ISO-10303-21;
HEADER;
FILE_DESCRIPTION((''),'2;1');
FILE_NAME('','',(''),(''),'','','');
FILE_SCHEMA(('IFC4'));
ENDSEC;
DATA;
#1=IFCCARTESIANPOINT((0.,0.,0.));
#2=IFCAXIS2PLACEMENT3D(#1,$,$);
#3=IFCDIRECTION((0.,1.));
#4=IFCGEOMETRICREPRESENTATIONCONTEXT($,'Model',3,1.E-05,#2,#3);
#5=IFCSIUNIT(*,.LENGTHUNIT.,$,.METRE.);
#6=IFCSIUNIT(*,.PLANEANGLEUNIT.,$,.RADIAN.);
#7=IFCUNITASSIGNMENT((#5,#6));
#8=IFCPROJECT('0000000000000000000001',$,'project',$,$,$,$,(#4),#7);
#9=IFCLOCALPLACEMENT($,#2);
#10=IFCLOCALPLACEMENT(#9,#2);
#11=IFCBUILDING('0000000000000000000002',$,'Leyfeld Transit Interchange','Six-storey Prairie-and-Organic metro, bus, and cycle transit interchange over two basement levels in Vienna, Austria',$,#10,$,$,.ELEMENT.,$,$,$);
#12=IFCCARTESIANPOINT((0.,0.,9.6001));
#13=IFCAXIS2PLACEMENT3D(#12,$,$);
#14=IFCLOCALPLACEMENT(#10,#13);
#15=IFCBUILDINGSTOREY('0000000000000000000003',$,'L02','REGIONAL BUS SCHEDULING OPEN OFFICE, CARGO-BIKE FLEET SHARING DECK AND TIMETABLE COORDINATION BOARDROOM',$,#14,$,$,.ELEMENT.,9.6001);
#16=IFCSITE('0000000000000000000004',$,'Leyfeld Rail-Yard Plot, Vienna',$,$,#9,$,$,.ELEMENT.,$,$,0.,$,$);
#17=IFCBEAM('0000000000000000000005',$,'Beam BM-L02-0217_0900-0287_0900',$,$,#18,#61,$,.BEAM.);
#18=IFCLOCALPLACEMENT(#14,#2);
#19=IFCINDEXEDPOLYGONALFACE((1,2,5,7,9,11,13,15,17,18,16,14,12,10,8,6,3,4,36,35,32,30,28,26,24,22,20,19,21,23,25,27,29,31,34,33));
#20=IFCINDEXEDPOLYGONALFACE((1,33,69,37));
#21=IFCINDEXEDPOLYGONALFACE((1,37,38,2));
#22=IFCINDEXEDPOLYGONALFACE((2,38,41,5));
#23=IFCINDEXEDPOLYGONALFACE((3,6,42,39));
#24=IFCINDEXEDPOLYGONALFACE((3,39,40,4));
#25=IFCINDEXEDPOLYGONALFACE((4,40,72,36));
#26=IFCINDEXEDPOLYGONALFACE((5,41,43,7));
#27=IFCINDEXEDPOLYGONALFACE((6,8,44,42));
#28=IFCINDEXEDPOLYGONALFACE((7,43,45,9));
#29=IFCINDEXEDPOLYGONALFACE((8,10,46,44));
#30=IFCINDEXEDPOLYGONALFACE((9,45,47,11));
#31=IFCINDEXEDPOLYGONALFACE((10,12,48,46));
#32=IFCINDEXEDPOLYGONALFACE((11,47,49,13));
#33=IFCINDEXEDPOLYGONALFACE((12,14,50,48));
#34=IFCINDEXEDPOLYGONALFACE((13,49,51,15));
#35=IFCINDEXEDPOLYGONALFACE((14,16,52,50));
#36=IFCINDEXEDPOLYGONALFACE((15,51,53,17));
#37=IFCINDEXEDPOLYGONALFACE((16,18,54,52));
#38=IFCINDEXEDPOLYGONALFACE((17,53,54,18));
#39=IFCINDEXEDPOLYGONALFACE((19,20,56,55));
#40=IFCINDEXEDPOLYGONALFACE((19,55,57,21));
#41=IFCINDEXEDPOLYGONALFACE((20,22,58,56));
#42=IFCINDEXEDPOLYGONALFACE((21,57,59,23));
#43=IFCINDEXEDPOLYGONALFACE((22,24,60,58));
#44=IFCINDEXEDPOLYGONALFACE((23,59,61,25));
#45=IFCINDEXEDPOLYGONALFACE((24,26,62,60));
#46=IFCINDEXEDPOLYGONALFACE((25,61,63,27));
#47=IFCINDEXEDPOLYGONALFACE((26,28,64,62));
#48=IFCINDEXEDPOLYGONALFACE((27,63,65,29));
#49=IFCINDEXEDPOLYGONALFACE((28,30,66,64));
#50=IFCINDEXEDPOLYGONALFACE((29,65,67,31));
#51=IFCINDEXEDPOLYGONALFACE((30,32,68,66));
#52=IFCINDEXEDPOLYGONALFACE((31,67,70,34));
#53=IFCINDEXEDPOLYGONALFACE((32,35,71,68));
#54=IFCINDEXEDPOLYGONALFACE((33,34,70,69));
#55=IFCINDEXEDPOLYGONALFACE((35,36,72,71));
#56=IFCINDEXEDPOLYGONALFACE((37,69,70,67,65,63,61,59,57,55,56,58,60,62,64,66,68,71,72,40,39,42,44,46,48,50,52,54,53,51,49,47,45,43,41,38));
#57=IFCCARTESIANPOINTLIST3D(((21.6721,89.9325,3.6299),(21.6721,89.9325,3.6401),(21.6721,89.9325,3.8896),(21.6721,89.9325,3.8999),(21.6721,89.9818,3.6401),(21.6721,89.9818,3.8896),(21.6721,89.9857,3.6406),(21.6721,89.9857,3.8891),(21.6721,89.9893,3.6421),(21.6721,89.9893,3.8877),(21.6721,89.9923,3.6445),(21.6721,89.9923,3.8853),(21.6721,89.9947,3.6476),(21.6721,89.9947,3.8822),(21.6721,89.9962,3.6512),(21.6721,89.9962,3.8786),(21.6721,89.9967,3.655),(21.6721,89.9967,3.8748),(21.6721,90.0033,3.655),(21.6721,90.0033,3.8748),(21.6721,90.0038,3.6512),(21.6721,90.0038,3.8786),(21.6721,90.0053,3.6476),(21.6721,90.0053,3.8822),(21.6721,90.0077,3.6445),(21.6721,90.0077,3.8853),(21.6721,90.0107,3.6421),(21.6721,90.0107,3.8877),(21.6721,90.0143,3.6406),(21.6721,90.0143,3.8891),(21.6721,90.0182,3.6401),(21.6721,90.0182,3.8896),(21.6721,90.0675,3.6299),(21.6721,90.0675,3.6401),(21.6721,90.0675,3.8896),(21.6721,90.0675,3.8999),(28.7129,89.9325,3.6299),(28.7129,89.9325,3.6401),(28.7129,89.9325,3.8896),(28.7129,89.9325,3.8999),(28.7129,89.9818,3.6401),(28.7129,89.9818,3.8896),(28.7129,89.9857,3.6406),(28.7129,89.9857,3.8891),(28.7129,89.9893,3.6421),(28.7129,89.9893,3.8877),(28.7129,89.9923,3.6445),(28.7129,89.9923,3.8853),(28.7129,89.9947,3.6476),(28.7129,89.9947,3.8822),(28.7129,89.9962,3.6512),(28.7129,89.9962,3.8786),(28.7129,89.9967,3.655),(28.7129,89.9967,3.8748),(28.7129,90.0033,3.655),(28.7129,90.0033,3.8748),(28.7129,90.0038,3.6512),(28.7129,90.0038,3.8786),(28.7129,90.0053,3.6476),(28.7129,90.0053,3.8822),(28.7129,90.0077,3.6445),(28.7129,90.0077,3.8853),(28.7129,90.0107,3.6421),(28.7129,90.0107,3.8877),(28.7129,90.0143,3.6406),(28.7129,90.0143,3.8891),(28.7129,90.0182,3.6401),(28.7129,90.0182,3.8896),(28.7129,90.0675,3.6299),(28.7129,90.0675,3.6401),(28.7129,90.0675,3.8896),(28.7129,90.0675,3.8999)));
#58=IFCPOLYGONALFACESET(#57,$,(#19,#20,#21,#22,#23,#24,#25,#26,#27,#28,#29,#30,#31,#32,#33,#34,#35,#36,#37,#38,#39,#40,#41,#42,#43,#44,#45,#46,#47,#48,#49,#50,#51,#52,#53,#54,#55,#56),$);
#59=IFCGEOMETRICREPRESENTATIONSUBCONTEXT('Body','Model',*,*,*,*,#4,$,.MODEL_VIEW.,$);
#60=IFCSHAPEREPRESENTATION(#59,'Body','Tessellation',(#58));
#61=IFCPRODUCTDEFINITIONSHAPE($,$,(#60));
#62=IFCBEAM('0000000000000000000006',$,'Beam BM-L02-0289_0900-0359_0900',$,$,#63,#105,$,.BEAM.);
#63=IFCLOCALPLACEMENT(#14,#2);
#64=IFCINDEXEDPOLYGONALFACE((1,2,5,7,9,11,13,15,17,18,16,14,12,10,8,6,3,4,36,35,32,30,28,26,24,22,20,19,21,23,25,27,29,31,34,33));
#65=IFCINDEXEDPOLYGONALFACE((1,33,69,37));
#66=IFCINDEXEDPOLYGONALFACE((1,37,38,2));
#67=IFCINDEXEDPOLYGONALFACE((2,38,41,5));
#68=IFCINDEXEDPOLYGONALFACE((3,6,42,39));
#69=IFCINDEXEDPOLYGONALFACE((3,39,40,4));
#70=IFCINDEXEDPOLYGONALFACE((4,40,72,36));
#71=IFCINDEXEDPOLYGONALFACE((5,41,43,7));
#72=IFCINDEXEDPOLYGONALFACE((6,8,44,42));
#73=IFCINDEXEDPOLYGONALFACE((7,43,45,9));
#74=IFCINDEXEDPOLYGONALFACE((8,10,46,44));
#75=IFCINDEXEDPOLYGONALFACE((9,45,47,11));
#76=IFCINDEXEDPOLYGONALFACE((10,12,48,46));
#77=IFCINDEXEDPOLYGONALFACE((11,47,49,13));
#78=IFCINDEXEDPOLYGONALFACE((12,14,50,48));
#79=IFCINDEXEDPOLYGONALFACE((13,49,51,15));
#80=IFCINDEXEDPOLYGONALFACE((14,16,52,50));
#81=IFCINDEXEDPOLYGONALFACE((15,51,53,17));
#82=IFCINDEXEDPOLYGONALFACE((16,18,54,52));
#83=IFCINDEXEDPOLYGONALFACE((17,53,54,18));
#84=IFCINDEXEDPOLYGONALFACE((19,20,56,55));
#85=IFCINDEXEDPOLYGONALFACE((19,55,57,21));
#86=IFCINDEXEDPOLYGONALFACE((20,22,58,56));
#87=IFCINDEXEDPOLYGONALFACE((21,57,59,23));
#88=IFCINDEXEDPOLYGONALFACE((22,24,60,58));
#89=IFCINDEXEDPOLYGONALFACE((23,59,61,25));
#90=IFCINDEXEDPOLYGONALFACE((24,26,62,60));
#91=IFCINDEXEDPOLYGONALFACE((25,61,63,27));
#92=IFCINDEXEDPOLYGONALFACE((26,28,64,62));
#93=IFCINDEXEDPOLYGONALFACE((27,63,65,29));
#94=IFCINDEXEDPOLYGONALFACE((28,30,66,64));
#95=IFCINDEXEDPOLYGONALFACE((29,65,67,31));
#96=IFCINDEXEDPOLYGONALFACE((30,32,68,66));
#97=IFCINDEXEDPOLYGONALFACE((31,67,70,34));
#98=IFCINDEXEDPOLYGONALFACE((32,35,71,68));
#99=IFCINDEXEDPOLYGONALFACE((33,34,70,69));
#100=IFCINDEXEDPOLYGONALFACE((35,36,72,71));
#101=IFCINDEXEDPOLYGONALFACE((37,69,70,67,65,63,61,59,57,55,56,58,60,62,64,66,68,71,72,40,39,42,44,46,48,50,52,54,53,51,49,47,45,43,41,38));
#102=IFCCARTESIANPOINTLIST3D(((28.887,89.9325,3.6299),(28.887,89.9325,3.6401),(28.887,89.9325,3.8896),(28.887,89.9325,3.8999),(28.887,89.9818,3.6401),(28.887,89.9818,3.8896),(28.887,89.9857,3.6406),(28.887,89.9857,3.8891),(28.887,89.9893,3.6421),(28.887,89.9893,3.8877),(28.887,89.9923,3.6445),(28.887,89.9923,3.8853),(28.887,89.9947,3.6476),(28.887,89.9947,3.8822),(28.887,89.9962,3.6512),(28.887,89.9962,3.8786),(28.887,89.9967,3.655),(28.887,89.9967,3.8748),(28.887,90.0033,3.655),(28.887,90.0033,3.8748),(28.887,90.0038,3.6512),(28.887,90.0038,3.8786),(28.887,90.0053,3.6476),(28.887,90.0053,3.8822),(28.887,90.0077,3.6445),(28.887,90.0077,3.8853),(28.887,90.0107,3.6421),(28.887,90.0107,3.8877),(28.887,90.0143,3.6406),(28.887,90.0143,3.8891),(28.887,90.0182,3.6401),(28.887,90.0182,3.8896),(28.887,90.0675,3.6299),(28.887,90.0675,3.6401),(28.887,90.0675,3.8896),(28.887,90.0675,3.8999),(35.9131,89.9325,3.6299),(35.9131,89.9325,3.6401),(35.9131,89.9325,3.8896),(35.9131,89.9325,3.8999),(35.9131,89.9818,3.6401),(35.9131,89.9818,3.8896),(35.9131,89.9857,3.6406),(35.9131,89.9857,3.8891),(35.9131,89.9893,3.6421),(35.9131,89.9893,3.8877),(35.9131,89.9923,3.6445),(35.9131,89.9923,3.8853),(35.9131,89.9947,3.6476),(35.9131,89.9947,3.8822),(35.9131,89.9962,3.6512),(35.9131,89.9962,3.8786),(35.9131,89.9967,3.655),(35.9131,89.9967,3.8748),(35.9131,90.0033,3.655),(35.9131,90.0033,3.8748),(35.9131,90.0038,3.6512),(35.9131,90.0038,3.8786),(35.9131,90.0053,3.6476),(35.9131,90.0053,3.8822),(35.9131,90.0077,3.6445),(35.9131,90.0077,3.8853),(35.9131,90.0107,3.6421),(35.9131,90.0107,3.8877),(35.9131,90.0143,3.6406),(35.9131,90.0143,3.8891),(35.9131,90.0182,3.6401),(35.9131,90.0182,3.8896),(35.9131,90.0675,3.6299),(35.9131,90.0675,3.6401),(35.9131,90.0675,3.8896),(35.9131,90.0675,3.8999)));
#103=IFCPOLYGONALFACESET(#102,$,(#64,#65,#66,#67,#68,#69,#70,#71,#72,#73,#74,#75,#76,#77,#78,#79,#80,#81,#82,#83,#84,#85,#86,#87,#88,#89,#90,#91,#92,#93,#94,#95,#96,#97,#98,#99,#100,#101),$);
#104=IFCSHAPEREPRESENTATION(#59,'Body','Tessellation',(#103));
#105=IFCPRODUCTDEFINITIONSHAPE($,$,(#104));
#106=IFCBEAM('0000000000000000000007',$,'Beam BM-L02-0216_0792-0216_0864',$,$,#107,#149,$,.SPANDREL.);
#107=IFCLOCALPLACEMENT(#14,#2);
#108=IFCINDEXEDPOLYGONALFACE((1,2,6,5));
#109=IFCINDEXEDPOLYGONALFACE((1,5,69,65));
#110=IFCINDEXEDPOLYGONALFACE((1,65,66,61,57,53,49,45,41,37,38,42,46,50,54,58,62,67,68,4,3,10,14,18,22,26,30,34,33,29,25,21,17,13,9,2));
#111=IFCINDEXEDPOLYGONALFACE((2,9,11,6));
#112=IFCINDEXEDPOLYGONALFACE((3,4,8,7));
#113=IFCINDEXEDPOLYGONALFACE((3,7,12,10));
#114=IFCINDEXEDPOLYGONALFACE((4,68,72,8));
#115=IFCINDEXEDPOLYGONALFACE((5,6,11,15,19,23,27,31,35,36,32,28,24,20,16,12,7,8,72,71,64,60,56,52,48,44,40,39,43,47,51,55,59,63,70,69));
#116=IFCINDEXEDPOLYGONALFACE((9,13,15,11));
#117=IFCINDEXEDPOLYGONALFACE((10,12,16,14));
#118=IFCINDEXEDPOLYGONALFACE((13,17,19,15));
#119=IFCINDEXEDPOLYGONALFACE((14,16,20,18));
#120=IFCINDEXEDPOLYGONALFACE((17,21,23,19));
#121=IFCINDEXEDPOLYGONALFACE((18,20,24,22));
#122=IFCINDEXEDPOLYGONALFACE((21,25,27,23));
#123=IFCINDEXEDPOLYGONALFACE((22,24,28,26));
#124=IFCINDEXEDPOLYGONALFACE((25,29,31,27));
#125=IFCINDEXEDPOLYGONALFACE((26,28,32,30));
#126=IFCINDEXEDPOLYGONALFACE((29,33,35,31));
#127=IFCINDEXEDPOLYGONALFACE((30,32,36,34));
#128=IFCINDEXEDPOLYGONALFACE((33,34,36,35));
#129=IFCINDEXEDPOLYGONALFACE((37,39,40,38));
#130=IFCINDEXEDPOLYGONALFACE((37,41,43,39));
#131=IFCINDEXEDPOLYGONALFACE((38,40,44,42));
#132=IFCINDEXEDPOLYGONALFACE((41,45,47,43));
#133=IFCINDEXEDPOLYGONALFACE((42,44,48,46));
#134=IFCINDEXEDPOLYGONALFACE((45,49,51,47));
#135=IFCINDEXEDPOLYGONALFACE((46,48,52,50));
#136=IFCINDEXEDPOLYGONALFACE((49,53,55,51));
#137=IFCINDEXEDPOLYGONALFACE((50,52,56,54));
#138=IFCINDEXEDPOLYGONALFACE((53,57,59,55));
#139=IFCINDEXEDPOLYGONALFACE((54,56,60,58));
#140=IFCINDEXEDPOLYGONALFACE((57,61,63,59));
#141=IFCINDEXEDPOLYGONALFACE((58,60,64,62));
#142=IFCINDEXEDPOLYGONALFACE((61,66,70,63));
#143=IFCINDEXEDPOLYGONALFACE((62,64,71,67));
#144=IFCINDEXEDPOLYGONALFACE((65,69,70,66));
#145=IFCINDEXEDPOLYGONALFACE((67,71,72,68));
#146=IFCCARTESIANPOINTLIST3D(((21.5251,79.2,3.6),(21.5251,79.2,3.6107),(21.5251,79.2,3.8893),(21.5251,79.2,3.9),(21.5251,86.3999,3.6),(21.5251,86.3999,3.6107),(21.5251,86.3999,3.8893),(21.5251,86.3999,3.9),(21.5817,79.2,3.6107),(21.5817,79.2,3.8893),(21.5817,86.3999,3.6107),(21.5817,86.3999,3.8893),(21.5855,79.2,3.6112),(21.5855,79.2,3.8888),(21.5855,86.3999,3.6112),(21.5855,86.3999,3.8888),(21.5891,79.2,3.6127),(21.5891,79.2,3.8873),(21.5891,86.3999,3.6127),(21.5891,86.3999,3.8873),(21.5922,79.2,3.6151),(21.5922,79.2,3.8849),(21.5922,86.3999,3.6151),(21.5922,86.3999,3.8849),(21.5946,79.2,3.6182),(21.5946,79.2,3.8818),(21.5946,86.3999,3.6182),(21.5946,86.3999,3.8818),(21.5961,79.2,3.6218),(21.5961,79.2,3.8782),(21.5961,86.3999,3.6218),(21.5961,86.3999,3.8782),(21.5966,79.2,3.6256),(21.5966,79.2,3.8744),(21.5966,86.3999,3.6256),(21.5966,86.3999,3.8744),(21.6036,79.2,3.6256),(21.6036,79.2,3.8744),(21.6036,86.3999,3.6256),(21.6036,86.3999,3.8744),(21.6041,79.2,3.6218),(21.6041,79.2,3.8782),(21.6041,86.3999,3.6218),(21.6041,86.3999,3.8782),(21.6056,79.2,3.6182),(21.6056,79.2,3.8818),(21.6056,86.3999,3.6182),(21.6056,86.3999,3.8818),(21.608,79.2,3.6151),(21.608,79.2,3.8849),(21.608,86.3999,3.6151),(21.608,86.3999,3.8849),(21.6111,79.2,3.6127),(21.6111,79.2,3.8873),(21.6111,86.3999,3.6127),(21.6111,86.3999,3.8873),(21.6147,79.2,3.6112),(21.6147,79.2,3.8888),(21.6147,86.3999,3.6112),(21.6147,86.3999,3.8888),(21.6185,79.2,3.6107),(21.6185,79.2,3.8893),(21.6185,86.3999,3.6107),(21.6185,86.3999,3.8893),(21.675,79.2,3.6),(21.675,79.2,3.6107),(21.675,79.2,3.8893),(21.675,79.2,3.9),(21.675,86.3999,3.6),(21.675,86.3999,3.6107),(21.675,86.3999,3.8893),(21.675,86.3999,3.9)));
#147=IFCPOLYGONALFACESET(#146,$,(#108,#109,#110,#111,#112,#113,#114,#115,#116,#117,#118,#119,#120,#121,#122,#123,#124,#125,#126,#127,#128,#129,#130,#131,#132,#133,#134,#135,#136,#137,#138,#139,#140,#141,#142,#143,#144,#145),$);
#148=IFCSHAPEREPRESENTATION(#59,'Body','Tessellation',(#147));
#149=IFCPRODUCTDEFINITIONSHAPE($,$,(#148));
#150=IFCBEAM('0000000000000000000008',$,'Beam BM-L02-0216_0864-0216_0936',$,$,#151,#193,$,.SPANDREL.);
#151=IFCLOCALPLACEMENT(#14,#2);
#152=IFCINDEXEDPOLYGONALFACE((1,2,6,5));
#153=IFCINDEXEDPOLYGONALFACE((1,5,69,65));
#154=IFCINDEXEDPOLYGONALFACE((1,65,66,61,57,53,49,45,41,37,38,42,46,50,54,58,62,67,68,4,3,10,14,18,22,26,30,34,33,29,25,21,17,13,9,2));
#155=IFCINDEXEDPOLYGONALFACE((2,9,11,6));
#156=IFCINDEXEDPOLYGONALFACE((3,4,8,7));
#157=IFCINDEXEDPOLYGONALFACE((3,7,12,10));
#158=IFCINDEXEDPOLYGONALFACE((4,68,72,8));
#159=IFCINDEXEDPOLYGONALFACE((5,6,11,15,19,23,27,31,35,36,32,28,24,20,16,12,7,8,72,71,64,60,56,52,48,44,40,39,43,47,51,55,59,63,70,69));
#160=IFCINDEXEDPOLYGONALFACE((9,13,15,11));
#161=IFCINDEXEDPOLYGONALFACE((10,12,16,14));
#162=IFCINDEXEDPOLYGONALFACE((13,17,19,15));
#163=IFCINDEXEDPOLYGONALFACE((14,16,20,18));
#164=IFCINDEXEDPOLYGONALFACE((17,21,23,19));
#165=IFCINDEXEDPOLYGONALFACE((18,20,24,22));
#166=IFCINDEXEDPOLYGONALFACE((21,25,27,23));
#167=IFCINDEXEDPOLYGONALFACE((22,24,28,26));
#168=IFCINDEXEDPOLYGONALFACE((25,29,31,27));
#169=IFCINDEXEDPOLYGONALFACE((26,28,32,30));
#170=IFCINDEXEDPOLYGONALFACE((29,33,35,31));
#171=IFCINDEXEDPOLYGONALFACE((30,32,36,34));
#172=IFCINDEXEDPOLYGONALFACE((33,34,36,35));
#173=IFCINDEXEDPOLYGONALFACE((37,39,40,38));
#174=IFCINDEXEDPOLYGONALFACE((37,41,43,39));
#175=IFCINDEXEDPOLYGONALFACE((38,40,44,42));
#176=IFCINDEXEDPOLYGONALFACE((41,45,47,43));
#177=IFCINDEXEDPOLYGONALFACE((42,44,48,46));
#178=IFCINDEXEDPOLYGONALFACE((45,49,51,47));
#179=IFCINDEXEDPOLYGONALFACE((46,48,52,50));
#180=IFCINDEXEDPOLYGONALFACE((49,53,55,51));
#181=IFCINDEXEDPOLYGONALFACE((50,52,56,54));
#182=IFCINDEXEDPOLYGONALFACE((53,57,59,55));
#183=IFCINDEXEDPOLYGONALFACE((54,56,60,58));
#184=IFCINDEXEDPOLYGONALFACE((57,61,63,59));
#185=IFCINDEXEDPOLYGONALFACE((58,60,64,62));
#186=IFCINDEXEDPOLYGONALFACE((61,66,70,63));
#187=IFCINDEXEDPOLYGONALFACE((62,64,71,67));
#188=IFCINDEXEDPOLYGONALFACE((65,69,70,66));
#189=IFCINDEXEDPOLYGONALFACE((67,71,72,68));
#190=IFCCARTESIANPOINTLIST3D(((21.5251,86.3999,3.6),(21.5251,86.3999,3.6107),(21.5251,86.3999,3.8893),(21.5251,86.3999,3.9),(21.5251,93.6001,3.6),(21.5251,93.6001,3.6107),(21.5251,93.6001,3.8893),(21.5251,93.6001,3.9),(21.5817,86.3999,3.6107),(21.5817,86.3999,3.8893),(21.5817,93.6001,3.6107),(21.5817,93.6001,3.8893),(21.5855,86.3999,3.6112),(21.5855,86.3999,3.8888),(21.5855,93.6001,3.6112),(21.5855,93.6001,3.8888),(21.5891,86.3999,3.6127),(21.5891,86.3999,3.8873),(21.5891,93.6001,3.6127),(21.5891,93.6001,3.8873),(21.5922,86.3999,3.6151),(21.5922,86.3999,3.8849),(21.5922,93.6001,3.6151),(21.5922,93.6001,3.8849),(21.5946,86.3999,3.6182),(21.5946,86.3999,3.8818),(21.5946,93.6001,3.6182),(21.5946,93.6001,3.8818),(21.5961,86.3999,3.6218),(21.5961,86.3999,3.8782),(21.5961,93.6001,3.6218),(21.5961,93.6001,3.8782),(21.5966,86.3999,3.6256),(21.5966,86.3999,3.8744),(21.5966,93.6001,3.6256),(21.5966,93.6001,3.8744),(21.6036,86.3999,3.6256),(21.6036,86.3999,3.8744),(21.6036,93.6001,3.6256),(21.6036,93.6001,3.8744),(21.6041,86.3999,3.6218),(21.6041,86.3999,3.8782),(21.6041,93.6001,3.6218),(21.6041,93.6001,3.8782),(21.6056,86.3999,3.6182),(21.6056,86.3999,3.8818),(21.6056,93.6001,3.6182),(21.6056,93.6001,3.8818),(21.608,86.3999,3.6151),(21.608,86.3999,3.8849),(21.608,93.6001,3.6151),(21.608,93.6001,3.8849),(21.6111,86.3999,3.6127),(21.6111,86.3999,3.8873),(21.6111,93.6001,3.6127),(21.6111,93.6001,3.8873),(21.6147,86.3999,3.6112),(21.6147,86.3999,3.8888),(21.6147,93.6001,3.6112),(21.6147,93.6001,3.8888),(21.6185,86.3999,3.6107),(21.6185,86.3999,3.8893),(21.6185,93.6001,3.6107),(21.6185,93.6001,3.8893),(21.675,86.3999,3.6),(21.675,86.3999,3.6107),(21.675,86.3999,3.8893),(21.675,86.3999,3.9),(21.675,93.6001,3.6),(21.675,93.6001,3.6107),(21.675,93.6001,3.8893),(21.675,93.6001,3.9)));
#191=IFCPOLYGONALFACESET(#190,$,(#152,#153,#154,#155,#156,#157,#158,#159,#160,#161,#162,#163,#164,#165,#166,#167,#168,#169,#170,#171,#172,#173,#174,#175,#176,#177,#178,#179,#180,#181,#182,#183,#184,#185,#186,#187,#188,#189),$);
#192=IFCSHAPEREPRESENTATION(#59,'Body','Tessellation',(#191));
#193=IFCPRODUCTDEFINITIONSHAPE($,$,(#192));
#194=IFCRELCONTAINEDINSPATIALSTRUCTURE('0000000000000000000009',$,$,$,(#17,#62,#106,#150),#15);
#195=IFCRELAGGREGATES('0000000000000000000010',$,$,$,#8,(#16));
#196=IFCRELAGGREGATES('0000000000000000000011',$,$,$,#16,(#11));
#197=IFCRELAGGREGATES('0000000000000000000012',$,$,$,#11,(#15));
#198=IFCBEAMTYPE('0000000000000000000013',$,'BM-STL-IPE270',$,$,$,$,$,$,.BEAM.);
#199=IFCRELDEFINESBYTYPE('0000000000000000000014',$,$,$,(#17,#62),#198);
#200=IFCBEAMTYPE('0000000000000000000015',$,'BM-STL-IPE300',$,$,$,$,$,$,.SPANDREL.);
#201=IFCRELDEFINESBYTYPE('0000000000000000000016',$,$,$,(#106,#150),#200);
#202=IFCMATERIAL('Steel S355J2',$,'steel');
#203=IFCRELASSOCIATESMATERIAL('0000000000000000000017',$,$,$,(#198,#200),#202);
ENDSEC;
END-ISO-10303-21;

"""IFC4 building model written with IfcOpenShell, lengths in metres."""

from ifc_helpers import new_model, si_unit, direction, frame, origin, origin_2d, place, context, subcontext, project, spatial, i_section, extrude, material, material_profile, profile_set, type_object, element, save


model = new_model("IFC4")

# Units and contexts
model_context = context("Model", 3, precision=1e-05, world=origin(), true_north=direction((0.0, 1.0)))
body_context = subcontext(model_context, "Body", "Model", "MODEL_VIEW")
ifc_project = project(units=[si_unit("LENGTHUNIT", "METRE"), si_unit("PLANEANGLEUNIT", "RADIAN")], contexts=[model_context])

# Site, building, storey
site_placement = place(None, origin())
site = spatial("IfcSite", under=ifc_project, at=site_placement, Name="Leyfeld Rail-Yard Plot, Vienna", CompositionType="ELEMENT", RefElevation=0.0)
building_placement = place(site_placement, origin())
building = spatial("IfcBuilding", under=site, at=building_placement, Name="Leyfeld Transit Interchange", Description="Six-storey Prairie-and-Organic metro, bus, and cycle transit interchange over two basement levels in Vienna, Austria", CompositionType="ELEMENT")
storey_placement = place(building_placement, frame((0.0, 0.0, 9.6001)))
storey = spatial("IfcBuildingStorey", under=building, at=storey_placement, Name="L02", Description="REGIONAL BUS SCHEDULING OPEN OFFICE, CARGO-BIKE FLEET SHARING DECK AND TIMETABLE COORDINATION BOARDROOM", CompositionType="ELEMENT", Elevation=9.6001)

# Beams
ifc_material_1 = material(Name="Steel S355J2", Category="steel")
ifc_material_profile_1 = material_profile(ifc_material_1, i_section(OverallWidth=0.135, OverallDepth=0.27, WebThickness=0.0066, FlangeThickness=0.0103, FilletRadius=0.0149, at=origin_2d()), Name="IPE 270")
ifc_profile_set_1 = profile_set([ifc_material_profile_1], Name="Steel S355J2")
beam_type_1 = type_object("IfcBeamType", Name="BM-STL-IPE270", PredefinedType="BEAM", material=ifc_profile_set_1)
beam_1_placement = place(storey_placement, frame((21.6721, 90.0, 3.7649), z_axis=(1.0, 0.0, 0.0), x_axis=(0.0, 1.0, 0.0)))
element("IfcBeam", 1, at=beam_1_placement, inside=storey, type_object=beam_type_1, Name="Beam BM-L02-0217_0900-0287_0900", PredefinedType="BEAM", context=body_context, shape_type="SweptSolid", body=[
    extrude(i_section(OverallWidth=0.135, OverallDepth=0.27, WebThickness=0.0066, FlangeThickness=0.0103, FilletRadius=0.0149, at=origin_2d()), origin(), (0.0, 0.0, 1.0), 7.0408),
])
beam_2_placement = place(storey_placement, frame((28.887, 90.0, 3.7649), z_axis=(1.0, 0.0, 0.0), x_axis=(0.0, 1.0, 0.0)))
element("IfcBeam", 2, at=beam_2_placement, inside=storey, type_object=beam_type_1, Name="Beam BM-L02-0289_0900-0359_0900", PredefinedType="BEAM", context=body_context, shape_type="SweptSolid", body=[
    extrude(i_section(OverallWidth=0.135, OverallDepth=0.27, WebThickness=0.0066, FlangeThickness=0.0103, FilletRadius=0.0149, at=origin_2d()), origin(), (0.0, 0.0, 1.0), 7.0261),
])
ifc_material_profile_2 = material_profile(ifc_material_1, i_section(OverallWidth=0.1499, OverallDepth=0.3, WebThickness=0.0071, FlangeThickness=0.0107, FilletRadius=0.0149, at=origin_2d()), Name="IPE 300")
ifc_profile_set_2 = profile_set([ifc_material_profile_2], Name="Steel S355J2")
beam_type_2 = type_object("IfcBeamType", Name="BM-STL-IPE300", PredefinedType="SPANDREL", material=ifc_profile_set_2)
beam_3_placement = place(storey_placement, frame((21.6001, 79.2, 3.75), z_axis=(0.0, 1.0, 0.0), x_axis=(-1.0, 0.0, 0.0)))
element("IfcBeam", 3, at=beam_3_placement, inside=storey, type_object=beam_type_2, Name="Beam BM-L02-0216_0792-0216_0864", PredefinedType="SPANDREL", context=body_context, shape_type="SweptSolid", body=[
    extrude(i_section(OverallWidth=0.1499, OverallDepth=0.3, WebThickness=0.0071, FlangeThickness=0.0107, FilletRadius=0.0149, at=origin_2d()), origin(), (0.0, 0.0, 1.0), 7.2),
])
beam_4_placement = place(storey_placement, frame((21.6001, 86.3999, 3.75), z_axis=(0.0, 1.0, 0.0), x_axis=(-1.0, 0.0, 0.0)))
element("IfcBeam", 4, at=beam_4_placement, inside=storey, type_object=beam_type_2, Name="Beam BM-L02-0216_0864-0216_0936", PredefinedType="SPANDREL", context=body_context, shape_type="SweptSolid", body=[
    extrude(i_section(OverallWidth=0.1499, OverallDepth=0.3, WebThickness=0.0071, FlangeThickness=0.0107, FilletRadius=0.0149, at=origin_2d()), origin(), (0.0, 0.0, 1.0), 7.2002),
])

save(model, "model.ifc")
